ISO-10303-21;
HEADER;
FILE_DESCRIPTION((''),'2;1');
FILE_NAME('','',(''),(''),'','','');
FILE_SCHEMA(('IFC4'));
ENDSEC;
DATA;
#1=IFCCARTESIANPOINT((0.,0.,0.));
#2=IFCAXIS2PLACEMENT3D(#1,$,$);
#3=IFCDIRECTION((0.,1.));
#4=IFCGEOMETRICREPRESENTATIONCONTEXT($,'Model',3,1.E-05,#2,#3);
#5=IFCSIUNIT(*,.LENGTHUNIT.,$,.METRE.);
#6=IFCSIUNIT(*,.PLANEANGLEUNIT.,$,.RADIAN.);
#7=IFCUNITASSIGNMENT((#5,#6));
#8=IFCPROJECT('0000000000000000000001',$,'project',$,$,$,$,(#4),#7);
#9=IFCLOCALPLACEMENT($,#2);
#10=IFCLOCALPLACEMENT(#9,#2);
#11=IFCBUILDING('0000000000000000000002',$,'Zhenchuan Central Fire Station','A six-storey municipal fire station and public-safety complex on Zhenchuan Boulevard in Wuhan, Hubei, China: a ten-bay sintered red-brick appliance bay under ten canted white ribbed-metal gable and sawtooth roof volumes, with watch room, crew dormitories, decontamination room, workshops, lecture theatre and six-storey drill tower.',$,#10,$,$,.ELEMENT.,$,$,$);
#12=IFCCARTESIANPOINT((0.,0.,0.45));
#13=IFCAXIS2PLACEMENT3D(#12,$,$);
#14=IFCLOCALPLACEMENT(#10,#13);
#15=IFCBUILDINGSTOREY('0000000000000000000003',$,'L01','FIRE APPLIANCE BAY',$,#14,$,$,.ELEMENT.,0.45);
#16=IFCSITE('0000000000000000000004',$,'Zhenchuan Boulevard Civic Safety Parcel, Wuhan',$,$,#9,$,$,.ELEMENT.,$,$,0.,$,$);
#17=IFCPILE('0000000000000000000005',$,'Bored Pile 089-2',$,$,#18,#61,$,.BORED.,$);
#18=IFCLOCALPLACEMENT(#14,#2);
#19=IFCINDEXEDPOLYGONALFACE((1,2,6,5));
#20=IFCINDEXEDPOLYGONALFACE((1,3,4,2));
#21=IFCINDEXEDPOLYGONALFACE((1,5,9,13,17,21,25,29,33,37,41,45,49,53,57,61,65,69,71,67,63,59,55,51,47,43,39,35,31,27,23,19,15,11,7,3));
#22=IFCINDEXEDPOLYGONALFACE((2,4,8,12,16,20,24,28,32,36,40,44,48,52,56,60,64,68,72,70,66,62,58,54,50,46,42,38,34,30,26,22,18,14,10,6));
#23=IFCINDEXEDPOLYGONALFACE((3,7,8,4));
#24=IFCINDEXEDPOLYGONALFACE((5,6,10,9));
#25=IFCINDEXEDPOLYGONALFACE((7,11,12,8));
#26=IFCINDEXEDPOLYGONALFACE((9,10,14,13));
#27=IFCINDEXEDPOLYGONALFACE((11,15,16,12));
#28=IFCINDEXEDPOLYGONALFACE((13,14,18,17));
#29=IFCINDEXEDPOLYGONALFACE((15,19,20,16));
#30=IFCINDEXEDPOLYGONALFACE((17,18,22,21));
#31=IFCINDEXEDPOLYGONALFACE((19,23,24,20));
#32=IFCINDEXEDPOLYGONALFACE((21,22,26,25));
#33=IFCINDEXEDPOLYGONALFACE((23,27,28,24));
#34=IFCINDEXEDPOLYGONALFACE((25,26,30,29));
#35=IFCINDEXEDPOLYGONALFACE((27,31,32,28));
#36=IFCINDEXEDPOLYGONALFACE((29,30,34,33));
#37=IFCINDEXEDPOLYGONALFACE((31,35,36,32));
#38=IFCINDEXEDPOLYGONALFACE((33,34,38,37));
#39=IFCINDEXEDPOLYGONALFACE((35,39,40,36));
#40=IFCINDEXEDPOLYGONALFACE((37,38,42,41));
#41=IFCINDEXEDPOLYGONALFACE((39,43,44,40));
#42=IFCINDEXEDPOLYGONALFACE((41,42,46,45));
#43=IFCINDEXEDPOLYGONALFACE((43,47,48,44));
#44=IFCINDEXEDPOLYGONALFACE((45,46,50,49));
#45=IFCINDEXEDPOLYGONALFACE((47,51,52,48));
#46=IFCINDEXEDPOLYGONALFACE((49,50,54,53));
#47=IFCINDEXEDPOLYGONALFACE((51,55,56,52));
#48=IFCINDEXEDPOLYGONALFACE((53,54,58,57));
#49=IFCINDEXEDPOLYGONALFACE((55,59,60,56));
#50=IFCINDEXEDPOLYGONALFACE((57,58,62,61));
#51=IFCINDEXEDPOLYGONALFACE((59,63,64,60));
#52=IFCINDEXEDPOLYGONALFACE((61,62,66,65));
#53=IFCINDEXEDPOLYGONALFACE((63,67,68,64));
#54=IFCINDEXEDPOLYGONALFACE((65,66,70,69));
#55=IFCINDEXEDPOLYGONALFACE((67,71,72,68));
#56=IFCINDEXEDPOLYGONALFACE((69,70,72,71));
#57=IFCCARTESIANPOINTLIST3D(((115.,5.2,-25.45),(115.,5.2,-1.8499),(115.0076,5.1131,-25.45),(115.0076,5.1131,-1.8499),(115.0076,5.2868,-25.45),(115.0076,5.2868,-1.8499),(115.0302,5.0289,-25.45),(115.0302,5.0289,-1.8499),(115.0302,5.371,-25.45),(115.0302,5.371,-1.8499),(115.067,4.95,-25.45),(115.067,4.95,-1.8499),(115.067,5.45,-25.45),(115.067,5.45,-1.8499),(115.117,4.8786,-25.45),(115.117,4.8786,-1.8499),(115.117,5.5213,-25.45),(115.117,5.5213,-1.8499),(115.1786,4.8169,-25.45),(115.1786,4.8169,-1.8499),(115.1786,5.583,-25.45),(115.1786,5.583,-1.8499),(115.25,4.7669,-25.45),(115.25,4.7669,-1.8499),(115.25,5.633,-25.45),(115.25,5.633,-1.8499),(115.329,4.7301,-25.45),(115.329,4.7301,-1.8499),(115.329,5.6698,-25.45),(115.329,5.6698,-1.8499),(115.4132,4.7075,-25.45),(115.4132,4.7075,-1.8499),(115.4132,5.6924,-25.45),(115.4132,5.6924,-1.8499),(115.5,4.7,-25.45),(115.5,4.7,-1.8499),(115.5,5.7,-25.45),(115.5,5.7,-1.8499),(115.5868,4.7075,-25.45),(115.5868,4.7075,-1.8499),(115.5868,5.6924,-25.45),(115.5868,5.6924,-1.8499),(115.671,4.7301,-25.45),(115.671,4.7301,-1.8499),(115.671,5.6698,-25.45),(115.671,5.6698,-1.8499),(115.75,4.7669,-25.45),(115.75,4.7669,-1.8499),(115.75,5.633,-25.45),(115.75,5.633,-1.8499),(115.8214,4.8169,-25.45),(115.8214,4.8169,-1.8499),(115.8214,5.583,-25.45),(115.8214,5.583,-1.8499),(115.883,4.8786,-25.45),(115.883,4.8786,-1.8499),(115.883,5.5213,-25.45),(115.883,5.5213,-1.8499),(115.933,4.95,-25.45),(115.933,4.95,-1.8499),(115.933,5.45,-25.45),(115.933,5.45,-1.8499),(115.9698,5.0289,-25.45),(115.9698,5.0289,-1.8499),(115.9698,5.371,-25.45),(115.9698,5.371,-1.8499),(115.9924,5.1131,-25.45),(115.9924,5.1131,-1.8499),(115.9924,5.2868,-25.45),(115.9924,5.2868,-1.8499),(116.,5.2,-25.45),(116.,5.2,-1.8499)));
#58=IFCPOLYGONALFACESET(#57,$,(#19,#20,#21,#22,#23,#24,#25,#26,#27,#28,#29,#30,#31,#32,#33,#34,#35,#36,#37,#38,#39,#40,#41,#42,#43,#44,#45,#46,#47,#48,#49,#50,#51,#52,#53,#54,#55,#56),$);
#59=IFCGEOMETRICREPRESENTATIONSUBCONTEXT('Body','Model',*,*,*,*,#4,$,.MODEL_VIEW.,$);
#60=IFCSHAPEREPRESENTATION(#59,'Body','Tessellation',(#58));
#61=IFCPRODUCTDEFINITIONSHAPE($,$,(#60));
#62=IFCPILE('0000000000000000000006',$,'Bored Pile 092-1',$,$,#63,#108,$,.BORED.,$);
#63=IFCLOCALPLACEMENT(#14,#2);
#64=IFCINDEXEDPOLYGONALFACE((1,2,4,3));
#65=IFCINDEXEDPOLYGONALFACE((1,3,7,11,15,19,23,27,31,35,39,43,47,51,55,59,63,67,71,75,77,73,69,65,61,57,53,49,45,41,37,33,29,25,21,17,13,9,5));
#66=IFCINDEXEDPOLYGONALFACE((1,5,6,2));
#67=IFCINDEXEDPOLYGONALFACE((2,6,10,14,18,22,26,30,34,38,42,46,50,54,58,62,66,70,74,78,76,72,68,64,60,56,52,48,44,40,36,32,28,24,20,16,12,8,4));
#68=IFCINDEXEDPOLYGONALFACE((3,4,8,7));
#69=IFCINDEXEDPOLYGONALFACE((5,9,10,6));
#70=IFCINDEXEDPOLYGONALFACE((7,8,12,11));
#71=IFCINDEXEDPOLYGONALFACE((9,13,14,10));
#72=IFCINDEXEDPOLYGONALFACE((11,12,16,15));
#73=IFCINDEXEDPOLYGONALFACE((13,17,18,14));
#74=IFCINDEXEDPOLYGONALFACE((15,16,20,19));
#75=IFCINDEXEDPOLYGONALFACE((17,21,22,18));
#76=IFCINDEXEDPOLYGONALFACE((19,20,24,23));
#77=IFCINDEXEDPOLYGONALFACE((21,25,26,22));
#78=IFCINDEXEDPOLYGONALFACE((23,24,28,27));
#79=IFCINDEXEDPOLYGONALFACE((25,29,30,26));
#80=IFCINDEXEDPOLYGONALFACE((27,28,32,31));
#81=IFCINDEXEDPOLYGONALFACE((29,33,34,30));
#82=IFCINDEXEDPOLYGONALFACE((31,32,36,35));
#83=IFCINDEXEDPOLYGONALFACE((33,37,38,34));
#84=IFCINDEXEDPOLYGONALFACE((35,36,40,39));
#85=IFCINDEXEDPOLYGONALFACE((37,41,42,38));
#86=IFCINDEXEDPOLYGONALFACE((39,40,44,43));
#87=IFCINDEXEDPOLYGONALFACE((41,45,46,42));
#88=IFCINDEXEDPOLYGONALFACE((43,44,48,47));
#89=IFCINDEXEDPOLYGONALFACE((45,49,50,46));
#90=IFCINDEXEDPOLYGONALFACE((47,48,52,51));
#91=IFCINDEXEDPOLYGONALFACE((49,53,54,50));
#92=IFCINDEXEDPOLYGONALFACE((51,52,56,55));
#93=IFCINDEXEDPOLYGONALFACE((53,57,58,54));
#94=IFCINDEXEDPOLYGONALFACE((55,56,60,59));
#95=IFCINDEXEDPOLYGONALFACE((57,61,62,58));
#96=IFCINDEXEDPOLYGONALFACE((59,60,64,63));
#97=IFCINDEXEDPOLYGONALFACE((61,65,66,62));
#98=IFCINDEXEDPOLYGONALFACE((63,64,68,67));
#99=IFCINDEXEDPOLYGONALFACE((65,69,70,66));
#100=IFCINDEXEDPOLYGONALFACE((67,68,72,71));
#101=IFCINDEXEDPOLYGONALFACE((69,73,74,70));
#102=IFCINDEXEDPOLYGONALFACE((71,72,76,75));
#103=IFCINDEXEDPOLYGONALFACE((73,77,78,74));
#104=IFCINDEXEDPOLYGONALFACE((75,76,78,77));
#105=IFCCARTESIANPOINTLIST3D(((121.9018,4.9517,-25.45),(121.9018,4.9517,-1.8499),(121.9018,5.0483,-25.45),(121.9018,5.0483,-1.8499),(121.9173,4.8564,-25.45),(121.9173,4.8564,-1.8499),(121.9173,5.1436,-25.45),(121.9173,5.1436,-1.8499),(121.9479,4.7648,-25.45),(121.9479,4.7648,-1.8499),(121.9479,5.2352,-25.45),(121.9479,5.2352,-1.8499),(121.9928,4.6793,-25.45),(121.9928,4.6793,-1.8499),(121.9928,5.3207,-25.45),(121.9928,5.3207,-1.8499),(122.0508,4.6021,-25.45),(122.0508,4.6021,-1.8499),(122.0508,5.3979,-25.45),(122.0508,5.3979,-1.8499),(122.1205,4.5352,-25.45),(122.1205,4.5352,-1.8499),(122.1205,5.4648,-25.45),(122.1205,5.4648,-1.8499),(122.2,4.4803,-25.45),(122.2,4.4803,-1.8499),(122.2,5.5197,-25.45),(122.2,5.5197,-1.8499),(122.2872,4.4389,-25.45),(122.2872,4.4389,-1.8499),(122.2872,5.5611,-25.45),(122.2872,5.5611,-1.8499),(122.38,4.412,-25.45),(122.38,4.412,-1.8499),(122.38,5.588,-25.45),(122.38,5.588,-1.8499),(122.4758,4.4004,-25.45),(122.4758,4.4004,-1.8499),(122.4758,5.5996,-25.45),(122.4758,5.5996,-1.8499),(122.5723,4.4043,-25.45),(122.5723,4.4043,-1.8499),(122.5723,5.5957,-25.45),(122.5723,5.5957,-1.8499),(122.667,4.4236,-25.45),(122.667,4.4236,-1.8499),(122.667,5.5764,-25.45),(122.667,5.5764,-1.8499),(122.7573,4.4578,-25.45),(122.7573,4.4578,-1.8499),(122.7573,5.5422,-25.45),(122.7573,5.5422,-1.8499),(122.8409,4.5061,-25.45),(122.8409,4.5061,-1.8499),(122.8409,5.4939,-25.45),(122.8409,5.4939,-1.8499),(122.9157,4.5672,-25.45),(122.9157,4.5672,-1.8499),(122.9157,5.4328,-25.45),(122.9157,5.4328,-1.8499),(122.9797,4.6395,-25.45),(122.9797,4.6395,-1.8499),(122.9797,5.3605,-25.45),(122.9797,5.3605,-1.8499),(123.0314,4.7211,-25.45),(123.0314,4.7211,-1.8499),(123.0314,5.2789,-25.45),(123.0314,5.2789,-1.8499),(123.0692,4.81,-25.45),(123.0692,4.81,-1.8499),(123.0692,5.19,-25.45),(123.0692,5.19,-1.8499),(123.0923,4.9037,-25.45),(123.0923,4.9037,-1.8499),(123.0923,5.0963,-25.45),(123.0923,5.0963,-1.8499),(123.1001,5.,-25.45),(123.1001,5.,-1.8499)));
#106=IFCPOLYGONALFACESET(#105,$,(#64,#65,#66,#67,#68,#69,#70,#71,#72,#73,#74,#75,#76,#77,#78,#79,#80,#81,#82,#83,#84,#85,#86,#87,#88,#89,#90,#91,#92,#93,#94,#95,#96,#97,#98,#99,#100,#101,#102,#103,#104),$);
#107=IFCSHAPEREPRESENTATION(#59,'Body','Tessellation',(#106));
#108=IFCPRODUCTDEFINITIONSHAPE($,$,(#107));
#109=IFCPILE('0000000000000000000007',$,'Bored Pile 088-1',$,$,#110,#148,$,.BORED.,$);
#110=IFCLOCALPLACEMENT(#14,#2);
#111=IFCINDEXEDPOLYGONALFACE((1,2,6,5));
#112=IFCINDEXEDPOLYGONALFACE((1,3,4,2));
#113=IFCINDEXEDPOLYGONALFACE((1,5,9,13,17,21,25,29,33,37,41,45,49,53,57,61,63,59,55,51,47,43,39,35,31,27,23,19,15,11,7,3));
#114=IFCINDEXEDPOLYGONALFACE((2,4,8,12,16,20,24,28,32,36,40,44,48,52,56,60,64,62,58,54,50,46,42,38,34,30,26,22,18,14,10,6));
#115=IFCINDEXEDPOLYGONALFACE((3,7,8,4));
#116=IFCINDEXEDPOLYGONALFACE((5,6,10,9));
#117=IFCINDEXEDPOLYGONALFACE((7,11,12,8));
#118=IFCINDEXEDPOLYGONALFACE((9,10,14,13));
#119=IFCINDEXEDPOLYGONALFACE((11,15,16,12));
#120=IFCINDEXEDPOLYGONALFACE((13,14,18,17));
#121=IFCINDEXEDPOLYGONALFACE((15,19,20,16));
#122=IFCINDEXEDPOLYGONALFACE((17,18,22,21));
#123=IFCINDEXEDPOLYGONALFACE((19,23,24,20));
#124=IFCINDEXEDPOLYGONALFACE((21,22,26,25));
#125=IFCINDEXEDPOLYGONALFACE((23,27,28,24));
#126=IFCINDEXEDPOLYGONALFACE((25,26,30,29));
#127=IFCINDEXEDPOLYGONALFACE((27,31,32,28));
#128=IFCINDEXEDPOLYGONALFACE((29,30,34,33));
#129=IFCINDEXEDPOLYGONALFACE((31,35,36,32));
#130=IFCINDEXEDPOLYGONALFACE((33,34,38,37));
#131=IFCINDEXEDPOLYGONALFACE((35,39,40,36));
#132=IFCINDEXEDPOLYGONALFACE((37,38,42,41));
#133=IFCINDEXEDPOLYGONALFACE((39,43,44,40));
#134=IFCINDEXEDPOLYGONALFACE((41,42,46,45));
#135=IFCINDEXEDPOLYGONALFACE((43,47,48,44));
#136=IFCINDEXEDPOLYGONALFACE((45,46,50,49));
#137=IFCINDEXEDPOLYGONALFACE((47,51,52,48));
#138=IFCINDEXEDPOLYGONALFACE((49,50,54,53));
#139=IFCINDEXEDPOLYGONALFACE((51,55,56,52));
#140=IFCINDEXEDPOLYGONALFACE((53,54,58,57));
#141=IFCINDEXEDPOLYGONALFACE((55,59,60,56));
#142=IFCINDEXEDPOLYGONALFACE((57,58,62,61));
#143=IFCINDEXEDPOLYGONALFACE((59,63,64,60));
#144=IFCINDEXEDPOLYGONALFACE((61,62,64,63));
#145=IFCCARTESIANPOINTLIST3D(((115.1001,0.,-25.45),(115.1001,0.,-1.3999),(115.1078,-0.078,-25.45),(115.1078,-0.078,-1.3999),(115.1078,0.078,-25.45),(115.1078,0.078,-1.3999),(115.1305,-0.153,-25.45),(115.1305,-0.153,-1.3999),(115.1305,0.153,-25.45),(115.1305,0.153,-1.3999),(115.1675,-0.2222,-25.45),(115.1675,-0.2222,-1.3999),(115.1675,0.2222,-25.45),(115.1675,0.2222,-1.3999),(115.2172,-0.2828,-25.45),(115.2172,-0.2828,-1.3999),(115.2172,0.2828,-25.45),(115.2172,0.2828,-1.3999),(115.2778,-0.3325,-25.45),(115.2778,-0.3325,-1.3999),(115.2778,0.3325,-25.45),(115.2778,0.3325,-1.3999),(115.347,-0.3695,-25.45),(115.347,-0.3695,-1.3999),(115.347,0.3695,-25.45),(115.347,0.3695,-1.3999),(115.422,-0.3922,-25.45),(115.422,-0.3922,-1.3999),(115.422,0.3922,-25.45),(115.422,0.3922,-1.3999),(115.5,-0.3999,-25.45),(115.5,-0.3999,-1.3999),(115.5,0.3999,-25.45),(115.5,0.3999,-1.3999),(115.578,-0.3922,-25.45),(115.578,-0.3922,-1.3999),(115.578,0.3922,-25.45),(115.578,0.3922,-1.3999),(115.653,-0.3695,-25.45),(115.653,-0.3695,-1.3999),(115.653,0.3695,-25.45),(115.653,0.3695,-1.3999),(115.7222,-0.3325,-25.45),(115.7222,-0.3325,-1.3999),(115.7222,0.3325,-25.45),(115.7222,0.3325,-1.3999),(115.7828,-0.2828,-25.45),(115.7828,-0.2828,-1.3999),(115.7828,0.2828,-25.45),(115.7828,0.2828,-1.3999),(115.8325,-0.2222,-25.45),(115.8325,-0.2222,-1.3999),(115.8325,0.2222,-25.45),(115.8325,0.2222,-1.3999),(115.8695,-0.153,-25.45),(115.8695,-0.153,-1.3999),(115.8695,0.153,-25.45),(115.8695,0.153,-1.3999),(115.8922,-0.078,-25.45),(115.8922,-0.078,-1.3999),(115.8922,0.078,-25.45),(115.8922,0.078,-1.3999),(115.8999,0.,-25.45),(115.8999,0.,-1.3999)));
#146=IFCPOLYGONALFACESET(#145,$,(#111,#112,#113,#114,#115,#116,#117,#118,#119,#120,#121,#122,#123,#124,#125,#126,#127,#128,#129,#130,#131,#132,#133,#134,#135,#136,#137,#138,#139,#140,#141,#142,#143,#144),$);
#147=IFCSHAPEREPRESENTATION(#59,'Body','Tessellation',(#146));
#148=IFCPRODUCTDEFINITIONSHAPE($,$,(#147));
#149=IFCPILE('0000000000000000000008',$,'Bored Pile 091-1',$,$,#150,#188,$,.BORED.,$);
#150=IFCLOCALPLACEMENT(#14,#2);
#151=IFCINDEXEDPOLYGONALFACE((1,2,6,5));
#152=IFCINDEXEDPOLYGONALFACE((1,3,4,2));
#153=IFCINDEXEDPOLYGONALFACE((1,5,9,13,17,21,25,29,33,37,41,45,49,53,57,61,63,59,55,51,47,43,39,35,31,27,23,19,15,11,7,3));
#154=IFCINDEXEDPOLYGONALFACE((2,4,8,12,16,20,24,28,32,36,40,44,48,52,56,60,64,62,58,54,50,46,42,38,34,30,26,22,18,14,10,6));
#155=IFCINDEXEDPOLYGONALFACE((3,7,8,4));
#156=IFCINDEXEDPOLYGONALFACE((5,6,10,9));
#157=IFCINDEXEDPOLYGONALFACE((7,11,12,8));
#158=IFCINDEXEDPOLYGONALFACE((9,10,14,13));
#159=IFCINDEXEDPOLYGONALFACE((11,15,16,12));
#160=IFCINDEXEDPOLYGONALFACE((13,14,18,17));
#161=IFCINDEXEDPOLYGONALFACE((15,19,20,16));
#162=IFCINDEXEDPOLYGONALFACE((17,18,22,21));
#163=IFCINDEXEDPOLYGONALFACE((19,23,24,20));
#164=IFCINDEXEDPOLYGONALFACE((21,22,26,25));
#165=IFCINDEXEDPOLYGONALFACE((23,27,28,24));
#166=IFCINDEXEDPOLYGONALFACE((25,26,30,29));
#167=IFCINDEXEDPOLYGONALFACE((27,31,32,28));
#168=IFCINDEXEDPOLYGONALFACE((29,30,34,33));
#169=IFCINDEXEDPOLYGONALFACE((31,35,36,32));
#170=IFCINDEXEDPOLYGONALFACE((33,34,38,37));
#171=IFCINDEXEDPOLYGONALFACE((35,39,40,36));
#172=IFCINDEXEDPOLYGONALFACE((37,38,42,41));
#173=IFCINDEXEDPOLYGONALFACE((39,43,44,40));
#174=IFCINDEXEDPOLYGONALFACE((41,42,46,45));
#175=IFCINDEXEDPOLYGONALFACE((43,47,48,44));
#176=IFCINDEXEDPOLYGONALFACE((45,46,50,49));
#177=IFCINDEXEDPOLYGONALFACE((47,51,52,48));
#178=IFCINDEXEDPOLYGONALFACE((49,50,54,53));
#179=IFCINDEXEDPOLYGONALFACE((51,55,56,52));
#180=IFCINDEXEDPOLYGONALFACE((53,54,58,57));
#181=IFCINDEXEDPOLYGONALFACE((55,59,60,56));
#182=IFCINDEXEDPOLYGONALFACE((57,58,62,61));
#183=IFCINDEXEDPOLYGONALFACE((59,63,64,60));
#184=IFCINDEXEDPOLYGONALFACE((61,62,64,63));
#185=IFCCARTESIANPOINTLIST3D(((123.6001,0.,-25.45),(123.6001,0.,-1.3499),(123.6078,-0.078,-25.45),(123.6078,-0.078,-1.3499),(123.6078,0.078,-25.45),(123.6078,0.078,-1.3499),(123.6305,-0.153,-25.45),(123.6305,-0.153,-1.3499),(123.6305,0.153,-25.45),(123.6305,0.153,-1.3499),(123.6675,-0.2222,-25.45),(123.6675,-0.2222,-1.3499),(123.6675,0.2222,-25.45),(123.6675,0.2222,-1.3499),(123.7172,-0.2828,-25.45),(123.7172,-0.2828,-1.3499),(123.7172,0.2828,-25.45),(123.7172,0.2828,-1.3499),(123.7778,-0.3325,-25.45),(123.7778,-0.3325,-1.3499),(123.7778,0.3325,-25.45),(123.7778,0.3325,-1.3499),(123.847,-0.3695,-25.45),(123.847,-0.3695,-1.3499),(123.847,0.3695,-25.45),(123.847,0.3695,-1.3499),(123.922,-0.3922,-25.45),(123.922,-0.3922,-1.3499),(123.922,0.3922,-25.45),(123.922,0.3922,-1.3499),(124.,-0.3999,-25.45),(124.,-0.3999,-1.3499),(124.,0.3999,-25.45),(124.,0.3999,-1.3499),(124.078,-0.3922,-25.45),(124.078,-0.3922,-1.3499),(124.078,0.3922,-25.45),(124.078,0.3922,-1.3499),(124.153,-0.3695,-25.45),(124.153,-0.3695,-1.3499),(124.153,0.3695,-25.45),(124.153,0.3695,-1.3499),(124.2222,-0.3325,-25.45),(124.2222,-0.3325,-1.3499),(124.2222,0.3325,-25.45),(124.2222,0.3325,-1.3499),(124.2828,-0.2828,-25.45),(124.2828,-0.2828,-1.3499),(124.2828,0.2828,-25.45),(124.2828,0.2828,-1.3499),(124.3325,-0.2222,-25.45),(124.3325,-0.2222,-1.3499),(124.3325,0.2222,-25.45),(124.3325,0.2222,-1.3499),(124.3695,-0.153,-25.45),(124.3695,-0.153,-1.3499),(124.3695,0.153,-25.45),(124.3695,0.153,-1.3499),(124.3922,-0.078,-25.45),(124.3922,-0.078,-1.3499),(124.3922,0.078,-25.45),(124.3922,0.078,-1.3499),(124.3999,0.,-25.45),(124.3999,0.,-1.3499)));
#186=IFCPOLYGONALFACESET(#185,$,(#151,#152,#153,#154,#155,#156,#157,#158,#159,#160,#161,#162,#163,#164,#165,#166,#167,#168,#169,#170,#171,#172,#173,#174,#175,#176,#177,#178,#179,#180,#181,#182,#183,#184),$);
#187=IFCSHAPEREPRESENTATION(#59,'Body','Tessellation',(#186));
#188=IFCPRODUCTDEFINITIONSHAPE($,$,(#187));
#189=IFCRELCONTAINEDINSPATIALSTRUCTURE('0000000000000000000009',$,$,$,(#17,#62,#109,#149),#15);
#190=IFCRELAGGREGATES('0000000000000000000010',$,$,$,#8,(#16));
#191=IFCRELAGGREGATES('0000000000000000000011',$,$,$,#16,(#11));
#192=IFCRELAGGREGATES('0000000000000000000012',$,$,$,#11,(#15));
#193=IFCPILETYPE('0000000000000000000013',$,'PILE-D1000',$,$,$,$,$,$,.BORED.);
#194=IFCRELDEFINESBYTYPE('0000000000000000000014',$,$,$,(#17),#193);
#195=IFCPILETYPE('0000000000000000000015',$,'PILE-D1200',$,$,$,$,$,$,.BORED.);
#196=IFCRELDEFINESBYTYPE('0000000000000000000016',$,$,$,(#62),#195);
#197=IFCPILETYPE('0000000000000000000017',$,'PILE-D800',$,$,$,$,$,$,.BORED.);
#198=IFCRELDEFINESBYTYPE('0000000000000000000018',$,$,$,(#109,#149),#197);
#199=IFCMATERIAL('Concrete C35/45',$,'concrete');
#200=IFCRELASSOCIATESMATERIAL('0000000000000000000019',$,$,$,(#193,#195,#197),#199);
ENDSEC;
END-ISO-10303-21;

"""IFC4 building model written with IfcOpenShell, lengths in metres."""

from ifc_helpers import new_model, si_unit, direction, frame, origin, origin_2d, place, context, subcontext, project, spatial, circle, extrude, material, material_profile, profile_set, type_object, element, save


model = new_model("IFC4")

# Units and contexts
model_context = context("Model", 3, precision=1e-05, world=origin(), true_north=direction((0.0, 1.0)))
body_context = subcontext(model_context, "Body", "Model", "MODEL_VIEW")
ifc_project = project(units=[si_unit("LENGTHUNIT", "METRE"), si_unit("PLANEANGLEUNIT", "RADIAN")], contexts=[model_context])

# Site, building, storey
site_placement = place(None, origin())
site = spatial("IfcSite", under=ifc_project, at=site_placement, Name="Zhenchuan Boulevard Civic Safety Parcel, Wuhan", CompositionType="ELEMENT", RefElevation=0.0)
building_placement = place(site_placement, origin())
building = spatial("IfcBuilding", under=site, at=building_placement, Name="Zhenchuan Central Fire Station", Description="A six-storey municipal fire station and public-safety complex on Zhenchuan Boulevard in Wuhan, Hubei, China: a ten-bay sintered red-brick appliance bay under ten canted white ribbed-metal gable and sawtooth roof volumes, with watch room, crew dormitories, decontamination room, workshops, lecture theatre and six-storey drill tower.", CompositionType="ELEMENT")
storey_placement = place(building_placement, frame((0.0, 0.0, 0.45)))
storey = spatial("IfcBuildingStorey", under=building, at=storey_placement, Name="L01", Description="FIRE APPLIANCE BAY", CompositionType="ELEMENT", Elevation=0.45)

# Shared definitions
ifc_material_1 = material(Name="Concrete C35/45", Category="concrete")

# Piles
ifc_material_profile_1 = material_profile(ifc_material_1, circle(Radius=0.5, at=origin_2d()), Name="PILE D1000")
ifc_profile_set_1 = profile_set([ifc_material_profile_1], Name="Concrete C35/45")
pile_type_1 = type_object("IfcPileType", Name="PILE-D1000", PredefinedType="BORED", material=ifc_profile_set_1)
for number, where, z_axis, x_axis, name in (
    (1, (115.5, 5.2, -1.8499), (0.0, 0.0, -1.0), (1.0, 0.0, 0.0), "Bored Pile 089-2"),
):
    element("IfcPile", number, at=place(storey_placement, frame(where, z_axis=z_axis, x_axis=x_axis)), inside=storey, type_object=pile_type_1, Name=name, PredefinedType="BORED", context=body_context, shape_type="SweptSolid", body=[
        extrude(circle(Radius=0.5, at=origin_2d()), origin(), (0.0, 0.0, 1.0), 23.6001),
    ])
ifc_material_profile_2 = material_profile(ifc_material_1, circle(Radius=0.6001, at=origin_2d()), Name="PILE D1200")
ifc_profile_set_2 = profile_set([ifc_material_profile_2], Name="Concrete C35/45")
pile_type_2 = type_object("IfcPileType", Name="PILE-D1200", PredefinedType="BORED", material=ifc_profile_set_2)
pile_1_placement = place(storey_placement, frame((122.5, 5.0, -1.8499), z_axis=(0.0, 0.0, -1.0), x_axis=(1.0, 0.0, 0.0)))
element("IfcPile", 2, at=pile_1_placement, inside=storey, type_object=pile_type_2, Name="Bored Pile 092-1", PredefinedType="BORED", context=body_context, shape_type="SweptSolid", body=[
    extrude(circle(Radius=0.6001, at=origin_2d()), origin(), (0.0, 0.0, 1.0), 23.6001),
])
ifc_material_profile_3 = material_profile(ifc_material_1, circle(Radius=0.3999, at=origin_2d()), Name="PILE D800")
ifc_profile_set_3 = profile_set([ifc_material_profile_3], Name="Concrete C35/45")
pile_type_3 = type_object("IfcPileType", Name="PILE-D800", PredefinedType="BORED", material=ifc_profile_set_3)
pile_2_placement = place(storey_placement, frame((115.5, 0.0, -1.3999), z_axis=(0.0, 0.0, -1.0), x_axis=(1.0, 0.0, 0.0)))
element("IfcPile", 3, at=pile_2_placement, inside=storey, type_object=pile_type_3, Name="Bored Pile 088-1", PredefinedType="BORED", context=body_context, shape_type="SweptSolid", body=[
    extrude(circle(Radius=0.3999, at=origin_2d()), origin(), (0.0, 0.0, 1.0), 24.05),
])
pile_3_placement = place(storey_placement, frame((124.0, 0.0, -1.3499), z_axis=(0.0, 0.0, -1.0), x_axis=(1.0, 0.0, 0.0)))
element("IfcPile", 4, at=pile_3_placement, inside=storey, type_object=pile_type_3, Name="Bored Pile 091-1", PredefinedType="BORED", context=body_context, shape_type="SweptSolid", body=[
    extrude(circle(Radius=0.3999, at=origin_2d()), origin(), (0.0, 0.0, 1.0), 24.1001),
])

save(model, "model.ifc")
